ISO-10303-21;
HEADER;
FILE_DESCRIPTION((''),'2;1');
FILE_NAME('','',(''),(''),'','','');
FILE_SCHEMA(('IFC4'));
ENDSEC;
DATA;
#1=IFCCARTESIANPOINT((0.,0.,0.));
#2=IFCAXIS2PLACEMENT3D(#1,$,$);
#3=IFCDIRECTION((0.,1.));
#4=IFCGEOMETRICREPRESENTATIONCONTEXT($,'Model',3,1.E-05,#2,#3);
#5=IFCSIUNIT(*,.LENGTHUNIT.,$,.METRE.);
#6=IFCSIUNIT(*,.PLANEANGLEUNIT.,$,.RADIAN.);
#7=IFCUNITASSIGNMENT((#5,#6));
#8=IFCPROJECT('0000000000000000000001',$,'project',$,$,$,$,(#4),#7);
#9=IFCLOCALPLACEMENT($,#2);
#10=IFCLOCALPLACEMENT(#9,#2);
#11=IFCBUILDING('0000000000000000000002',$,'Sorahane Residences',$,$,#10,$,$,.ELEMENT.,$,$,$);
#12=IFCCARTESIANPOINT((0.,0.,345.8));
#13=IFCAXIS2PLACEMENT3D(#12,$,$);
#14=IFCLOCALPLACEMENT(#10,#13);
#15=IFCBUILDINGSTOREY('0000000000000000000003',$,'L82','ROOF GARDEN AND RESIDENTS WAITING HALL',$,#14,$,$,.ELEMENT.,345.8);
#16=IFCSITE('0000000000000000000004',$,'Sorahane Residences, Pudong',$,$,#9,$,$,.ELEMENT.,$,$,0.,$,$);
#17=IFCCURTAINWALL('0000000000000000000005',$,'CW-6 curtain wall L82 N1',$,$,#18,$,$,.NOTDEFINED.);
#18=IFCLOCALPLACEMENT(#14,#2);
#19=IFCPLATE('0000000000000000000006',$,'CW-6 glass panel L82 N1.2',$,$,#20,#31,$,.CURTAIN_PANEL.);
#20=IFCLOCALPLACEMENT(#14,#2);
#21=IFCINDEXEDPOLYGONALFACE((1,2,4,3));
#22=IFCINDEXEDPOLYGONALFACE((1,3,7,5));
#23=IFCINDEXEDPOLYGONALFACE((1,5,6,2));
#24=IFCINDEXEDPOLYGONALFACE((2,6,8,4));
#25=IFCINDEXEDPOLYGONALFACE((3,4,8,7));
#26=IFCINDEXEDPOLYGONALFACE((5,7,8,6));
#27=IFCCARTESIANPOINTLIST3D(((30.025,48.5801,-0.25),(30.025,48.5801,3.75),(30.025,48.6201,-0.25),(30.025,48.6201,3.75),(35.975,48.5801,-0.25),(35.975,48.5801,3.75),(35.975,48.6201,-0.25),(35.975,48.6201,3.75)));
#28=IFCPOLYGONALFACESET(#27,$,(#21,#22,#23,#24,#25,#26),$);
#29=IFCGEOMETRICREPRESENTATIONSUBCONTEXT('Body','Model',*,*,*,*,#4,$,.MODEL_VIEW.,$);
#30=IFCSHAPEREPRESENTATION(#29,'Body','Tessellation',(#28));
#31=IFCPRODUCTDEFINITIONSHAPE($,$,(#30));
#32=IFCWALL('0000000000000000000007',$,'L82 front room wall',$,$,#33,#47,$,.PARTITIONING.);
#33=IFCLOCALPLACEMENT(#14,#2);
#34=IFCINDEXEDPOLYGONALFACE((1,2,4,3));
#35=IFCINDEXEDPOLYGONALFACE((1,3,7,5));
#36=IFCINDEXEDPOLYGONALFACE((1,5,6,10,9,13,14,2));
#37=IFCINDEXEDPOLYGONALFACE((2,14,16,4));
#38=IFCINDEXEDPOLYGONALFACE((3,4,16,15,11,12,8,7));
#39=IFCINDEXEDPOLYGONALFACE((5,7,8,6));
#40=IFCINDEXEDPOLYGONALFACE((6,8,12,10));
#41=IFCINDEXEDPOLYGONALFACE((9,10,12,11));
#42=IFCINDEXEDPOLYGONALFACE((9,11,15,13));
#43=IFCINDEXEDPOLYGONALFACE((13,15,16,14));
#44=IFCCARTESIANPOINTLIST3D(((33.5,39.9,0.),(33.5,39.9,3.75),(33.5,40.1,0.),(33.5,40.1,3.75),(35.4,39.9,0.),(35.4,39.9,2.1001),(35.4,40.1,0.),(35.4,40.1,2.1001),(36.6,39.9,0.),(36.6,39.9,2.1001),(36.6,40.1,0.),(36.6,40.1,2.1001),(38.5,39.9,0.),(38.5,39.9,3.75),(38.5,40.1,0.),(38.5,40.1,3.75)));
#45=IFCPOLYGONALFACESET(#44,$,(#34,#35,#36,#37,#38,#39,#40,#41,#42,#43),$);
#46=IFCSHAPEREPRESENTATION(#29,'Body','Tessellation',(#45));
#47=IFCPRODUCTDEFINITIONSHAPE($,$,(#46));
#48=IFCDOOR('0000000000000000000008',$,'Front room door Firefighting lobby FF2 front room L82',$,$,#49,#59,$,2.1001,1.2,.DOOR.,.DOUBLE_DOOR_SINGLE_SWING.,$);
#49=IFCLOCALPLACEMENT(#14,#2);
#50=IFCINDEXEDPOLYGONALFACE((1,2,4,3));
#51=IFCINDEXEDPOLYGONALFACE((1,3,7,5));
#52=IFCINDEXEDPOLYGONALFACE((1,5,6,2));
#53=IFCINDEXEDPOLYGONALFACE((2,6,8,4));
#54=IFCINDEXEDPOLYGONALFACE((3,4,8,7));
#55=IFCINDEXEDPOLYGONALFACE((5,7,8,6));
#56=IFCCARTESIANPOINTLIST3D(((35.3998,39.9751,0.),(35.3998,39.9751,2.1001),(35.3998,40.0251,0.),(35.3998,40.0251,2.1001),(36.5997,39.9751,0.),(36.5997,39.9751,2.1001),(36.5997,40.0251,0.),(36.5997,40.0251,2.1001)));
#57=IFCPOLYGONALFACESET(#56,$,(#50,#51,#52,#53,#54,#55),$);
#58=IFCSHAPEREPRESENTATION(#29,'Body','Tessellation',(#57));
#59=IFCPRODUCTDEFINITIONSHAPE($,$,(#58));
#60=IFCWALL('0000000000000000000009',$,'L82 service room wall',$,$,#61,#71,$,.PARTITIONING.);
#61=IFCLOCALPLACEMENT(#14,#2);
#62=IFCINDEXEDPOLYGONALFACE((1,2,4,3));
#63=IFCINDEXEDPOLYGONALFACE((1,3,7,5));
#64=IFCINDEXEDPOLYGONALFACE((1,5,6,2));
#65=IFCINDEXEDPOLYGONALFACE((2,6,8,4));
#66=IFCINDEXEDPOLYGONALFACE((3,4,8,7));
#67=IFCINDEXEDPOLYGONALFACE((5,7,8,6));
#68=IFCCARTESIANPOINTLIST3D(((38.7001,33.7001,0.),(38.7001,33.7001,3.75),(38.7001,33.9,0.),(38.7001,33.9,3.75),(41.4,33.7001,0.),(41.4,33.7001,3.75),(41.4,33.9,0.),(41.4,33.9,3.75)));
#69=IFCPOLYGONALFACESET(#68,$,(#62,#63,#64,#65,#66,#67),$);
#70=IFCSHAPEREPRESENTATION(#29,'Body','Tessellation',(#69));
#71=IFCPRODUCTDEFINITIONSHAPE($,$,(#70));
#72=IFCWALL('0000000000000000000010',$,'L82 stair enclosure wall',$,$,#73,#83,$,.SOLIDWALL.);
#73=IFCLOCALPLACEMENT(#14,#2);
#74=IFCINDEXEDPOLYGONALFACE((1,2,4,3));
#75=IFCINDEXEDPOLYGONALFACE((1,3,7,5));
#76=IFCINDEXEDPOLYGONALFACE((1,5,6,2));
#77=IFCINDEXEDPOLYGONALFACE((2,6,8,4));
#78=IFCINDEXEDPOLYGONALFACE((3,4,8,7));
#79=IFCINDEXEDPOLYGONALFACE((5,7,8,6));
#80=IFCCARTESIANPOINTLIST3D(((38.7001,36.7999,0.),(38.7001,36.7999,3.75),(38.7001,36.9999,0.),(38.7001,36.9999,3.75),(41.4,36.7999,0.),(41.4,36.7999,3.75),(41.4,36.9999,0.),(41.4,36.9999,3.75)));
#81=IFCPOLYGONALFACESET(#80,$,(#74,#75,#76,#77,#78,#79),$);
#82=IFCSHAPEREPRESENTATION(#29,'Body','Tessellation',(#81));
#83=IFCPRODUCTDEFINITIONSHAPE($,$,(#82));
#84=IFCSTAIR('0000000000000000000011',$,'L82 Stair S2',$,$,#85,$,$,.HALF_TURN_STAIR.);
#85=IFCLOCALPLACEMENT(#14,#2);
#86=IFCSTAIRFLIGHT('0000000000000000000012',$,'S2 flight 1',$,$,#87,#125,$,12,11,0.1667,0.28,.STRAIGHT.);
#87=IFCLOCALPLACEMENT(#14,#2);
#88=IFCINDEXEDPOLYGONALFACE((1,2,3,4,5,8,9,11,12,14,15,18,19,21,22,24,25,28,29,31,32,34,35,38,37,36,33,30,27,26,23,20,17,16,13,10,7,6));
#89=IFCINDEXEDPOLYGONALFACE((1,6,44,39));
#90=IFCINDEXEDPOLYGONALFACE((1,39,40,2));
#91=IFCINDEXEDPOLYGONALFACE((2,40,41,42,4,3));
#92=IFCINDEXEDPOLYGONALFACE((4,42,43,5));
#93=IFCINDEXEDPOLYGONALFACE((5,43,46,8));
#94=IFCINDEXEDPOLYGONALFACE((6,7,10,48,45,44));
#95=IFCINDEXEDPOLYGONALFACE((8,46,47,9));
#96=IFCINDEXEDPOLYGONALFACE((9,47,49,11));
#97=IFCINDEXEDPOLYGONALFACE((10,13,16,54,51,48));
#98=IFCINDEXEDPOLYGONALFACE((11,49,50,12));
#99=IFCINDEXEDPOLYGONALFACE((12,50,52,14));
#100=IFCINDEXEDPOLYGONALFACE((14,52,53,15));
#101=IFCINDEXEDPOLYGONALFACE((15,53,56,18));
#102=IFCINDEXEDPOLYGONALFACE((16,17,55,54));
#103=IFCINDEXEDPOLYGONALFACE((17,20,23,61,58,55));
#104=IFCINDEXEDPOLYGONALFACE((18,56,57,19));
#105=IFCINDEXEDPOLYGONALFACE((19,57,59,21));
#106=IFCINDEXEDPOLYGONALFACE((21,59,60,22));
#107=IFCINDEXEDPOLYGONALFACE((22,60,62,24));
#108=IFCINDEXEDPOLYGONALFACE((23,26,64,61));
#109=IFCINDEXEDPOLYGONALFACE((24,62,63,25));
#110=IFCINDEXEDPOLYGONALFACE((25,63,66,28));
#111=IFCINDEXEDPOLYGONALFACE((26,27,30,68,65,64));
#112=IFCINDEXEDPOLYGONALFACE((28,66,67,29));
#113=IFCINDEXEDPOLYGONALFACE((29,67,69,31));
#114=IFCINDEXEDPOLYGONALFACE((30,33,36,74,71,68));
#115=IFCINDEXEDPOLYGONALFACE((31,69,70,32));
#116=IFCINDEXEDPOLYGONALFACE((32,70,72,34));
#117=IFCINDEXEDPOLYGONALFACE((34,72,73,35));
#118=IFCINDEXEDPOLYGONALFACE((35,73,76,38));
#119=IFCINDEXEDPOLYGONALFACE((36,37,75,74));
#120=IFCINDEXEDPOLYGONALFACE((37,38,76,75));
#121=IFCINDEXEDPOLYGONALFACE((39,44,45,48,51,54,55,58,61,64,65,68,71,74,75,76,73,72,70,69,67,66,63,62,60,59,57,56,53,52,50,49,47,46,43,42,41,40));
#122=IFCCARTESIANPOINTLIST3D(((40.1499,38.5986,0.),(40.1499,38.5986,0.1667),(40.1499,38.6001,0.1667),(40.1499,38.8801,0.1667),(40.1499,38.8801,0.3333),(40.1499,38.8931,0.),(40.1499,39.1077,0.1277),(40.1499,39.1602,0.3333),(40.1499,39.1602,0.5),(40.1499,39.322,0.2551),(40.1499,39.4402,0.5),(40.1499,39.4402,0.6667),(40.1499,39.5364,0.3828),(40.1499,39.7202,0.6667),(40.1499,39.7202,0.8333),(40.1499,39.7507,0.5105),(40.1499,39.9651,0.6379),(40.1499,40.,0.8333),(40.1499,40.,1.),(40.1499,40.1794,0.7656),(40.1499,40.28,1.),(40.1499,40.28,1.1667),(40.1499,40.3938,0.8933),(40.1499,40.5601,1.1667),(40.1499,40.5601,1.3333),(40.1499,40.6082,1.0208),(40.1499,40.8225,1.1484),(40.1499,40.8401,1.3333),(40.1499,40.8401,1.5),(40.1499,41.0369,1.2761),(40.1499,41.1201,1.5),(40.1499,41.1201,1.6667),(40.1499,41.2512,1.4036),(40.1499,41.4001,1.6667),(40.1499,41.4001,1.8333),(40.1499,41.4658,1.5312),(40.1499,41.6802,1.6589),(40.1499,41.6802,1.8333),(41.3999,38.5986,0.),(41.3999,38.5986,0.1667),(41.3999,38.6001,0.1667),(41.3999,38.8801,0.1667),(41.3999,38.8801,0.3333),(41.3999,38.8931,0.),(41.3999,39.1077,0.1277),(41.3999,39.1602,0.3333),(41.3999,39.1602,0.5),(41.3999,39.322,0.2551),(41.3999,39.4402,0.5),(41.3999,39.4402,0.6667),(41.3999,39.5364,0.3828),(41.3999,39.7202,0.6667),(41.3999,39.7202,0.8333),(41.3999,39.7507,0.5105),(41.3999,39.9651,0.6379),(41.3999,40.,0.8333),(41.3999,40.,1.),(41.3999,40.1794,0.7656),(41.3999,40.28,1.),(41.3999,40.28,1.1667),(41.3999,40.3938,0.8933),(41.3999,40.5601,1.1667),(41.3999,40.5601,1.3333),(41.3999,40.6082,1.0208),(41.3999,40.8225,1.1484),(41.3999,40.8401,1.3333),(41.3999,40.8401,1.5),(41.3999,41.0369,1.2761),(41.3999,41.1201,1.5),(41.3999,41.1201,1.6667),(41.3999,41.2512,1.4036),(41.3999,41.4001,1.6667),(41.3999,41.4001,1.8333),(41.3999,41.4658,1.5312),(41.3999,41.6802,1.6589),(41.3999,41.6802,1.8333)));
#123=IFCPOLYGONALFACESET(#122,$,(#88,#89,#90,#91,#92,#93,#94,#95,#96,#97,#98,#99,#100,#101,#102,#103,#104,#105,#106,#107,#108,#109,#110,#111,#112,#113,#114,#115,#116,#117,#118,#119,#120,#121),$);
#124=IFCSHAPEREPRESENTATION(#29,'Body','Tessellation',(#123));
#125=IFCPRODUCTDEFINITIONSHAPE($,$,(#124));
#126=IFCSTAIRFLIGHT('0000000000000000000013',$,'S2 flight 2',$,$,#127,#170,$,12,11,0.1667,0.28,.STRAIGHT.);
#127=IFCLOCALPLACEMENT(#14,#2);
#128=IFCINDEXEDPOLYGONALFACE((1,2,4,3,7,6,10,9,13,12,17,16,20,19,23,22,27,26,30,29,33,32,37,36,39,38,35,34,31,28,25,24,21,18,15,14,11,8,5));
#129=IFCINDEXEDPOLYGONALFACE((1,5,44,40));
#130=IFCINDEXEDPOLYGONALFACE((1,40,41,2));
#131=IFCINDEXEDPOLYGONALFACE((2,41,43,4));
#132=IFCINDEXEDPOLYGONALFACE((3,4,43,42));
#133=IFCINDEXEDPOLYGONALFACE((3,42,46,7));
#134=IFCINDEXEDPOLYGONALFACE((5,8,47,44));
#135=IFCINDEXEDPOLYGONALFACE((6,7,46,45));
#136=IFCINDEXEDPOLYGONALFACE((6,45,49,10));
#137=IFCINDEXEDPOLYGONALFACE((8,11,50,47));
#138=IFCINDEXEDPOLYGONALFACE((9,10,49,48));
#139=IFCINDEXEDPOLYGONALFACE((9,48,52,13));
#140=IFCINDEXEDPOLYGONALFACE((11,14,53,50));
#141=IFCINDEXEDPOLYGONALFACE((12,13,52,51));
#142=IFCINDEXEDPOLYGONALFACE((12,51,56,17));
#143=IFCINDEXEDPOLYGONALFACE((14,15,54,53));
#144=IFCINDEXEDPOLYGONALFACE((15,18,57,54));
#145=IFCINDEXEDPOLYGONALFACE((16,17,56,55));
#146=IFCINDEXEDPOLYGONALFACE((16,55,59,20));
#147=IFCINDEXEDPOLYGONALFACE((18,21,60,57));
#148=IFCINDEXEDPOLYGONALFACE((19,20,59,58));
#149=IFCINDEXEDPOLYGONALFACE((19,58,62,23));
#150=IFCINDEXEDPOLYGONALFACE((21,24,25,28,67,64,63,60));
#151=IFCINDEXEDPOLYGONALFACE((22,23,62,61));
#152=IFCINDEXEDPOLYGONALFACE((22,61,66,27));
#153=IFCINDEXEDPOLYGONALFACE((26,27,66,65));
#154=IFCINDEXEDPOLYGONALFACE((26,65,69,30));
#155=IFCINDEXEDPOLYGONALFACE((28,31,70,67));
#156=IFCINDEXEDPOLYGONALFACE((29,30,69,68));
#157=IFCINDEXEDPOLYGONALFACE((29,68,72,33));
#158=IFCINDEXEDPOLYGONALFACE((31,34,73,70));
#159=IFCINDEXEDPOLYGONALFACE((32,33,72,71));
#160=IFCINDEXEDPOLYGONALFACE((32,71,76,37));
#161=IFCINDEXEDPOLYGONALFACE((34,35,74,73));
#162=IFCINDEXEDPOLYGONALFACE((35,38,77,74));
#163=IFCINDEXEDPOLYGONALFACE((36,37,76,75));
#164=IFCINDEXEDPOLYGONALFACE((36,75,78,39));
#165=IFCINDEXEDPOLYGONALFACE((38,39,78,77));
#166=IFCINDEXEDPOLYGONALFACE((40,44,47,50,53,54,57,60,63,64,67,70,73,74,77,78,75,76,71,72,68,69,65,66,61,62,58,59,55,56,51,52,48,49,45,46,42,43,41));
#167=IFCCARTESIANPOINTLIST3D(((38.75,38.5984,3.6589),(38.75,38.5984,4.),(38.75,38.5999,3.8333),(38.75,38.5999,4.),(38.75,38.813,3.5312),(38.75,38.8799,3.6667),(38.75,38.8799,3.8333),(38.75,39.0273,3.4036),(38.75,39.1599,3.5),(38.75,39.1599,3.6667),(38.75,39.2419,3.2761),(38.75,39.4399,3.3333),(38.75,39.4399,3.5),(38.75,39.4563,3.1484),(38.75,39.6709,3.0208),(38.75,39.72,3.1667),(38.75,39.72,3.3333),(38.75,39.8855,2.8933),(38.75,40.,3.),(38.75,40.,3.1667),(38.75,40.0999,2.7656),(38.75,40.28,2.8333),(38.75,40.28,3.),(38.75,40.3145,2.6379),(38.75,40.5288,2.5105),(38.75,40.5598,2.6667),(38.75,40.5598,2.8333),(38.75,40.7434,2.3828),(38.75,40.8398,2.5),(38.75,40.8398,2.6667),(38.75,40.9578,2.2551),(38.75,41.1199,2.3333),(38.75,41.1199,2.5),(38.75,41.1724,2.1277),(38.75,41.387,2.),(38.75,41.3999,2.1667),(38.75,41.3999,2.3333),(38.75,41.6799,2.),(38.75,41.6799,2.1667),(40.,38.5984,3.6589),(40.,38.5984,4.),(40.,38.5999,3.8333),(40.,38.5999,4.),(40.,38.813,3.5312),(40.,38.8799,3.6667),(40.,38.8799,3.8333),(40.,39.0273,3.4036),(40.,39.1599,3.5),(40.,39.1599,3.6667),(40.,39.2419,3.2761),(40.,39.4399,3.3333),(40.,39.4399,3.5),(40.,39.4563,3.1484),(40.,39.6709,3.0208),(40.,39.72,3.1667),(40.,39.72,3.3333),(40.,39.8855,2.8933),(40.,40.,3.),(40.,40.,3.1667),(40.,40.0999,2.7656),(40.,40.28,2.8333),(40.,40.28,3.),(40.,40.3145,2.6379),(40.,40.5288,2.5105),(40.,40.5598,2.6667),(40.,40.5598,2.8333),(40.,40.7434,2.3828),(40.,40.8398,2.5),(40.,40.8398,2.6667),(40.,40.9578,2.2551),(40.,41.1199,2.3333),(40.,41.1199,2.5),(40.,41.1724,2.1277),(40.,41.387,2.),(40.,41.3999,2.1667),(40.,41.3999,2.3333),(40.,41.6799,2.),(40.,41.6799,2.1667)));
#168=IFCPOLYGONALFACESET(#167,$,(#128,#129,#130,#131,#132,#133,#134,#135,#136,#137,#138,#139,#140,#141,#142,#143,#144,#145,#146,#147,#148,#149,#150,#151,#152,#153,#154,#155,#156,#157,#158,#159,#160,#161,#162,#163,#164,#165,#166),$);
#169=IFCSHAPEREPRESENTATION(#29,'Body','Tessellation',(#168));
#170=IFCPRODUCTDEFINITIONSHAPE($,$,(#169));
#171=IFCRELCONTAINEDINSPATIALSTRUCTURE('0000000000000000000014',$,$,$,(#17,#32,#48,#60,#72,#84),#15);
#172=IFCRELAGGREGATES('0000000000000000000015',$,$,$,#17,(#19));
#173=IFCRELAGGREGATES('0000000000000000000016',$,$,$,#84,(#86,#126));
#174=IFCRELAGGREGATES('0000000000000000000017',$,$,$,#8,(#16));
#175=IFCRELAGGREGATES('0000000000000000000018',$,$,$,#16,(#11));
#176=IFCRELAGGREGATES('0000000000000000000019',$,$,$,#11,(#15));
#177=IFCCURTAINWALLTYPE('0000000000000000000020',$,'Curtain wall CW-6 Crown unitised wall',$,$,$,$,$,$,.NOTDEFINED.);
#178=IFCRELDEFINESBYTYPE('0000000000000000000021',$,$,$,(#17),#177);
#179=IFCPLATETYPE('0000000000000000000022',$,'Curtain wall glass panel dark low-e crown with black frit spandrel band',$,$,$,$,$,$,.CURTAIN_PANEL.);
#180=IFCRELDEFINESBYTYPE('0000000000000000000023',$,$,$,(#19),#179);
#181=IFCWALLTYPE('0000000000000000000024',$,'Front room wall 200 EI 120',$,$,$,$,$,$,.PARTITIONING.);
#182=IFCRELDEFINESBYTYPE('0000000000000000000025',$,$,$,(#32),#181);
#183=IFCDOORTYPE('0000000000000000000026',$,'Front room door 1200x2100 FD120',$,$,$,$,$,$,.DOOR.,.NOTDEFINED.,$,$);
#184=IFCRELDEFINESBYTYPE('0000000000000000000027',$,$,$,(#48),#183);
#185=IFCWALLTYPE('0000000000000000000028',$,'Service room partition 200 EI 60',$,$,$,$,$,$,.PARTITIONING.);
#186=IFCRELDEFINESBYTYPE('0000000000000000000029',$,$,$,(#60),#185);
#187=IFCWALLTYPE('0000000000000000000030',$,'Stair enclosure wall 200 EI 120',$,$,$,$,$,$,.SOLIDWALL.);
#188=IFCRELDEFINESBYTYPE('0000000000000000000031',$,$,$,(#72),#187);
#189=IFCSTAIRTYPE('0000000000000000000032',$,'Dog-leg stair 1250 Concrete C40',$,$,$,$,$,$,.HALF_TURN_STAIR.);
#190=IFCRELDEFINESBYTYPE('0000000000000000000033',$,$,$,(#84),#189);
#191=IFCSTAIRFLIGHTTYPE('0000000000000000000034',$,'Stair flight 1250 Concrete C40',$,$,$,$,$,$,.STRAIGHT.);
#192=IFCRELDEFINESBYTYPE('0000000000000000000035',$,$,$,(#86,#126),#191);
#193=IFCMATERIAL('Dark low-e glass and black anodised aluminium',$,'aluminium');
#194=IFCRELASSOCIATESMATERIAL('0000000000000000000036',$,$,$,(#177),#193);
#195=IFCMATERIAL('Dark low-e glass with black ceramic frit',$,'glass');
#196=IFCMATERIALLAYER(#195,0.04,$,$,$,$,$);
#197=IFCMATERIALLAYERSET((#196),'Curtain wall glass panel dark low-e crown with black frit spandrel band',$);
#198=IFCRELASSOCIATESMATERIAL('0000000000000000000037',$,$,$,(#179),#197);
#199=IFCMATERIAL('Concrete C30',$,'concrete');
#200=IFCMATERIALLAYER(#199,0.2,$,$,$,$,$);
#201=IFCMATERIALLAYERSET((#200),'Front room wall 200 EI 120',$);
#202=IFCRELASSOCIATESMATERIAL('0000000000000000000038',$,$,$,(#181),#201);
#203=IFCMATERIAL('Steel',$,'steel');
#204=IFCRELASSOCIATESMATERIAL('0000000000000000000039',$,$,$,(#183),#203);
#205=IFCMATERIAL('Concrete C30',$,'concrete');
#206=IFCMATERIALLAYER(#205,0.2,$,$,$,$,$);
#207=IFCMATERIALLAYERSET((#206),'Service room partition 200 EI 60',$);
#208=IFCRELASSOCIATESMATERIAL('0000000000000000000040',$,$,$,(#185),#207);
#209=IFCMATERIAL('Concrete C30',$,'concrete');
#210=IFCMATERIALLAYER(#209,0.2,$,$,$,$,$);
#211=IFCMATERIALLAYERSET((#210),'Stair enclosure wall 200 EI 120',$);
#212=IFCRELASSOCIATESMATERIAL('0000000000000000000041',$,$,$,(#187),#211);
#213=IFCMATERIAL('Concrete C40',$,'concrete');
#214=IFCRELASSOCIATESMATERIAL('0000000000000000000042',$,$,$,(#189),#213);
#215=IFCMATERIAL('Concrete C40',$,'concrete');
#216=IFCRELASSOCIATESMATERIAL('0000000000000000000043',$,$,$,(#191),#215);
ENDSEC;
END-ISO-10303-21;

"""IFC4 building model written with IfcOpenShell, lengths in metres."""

from ifc_helpers import new_model, si_unit, direction, frame, frame_2d, origin, origin_2d, place, context, subcontext, project, spatial, polyline, rectangle, outline, extrude, material, layer, layer_set, type_object, element, fill, aggregate, save


model = new_model("IFC4")

# Units and contexts
model_context = context("Model", 3, precision=1e-05, world=origin(), true_north=direction((0.0, 1.0)))
body_context = subcontext(model_context, "Body", "Model", "MODEL_VIEW")
ifc_project = project(units=[si_unit("LENGTHUNIT", "METRE"), si_unit("PLANEANGLEUNIT", "RADIAN")], contexts=[model_context])

# Site, building, storey
site_placement = place(None, origin())
site = spatial("IfcSite", under=ifc_project, at=site_placement, Name="Sorahane Residences, Pudong", CompositionType="ELEMENT", RefElevation=0.0)
building_placement = place(site_placement, origin())
building = spatial("IfcBuilding", under=site, at=building_placement, Name="Sorahane Residences", CompositionType="ELEMENT")
storey_placement = place(building_placement, frame((0.0, 0.0, 345.8)))
storey = spatial("IfcBuildingStorey", under=building, at=storey_placement, Name="L82", Description="ROOF GARDEN AND RESIDENTS WAITING HALL", CompositionType="ELEMENT", Elevation=345.8)

# Curtain wall
ifc_material_1 = material(Name="Dark low-e glass and black anodised aluminium", Category="aluminium")
curtain_wall_type = type_object("IfcCurtainWallType", Name="Curtain wall CW-6 Crown unitised wall", PredefinedType="NOTDEFINED", material=ifc_material_1)
curtain_wall_1_placement = place(storey_placement, origin())
curtain_wall_1 = element("IfcCurtainWall", 1, at=curtain_wall_1_placement, inside=storey, type_object=curtain_wall_type, Name="CW-6 curtain wall L82 N1", PredefinedType="NOTDEFINED")

# Plate
ifc_material_2 = material(Name="Dark low-e glass with black ceramic frit", Category="glass")
ifc_layer_1 = layer(ifc_material_2, 0.04)
ifc_layer_set_1 = layer_set([ifc_layer_1], Name="Curtain wall glass panel dark low-e crown with black frit spandrel band")
plate_type = type_object("IfcPlateType", Name="Curtain wall glass panel dark low-e crown with black frit spandrel band", PredefinedType="CURTAIN_PANEL", material=ifc_layer_set_1)
plate_1_placement = place(storey_placement, frame((33.0, 48.6001, -0.25), z_axis=(0.0, 0.0, 1.0), x_axis=(-1.0, 0.0, 0.0)))
plate_1 = element("IfcPlate", 2, at=plate_1_placement, type_object=plate_type, Name="CW-6 glass panel L82 N1.2", PredefinedType="CURTAIN_PANEL", context=body_context, shape_type="SweptSolid", body=[
    extrude(rectangle(XDim=5.95, YDim=0.04, at=origin_2d()), origin(), (0.0, 0.0, 1.0), 4.0),
])
aggregate(curtain_wall_1, [plate_1])

# Wall, opening, door
ifc_material_3 = material(Name="Concrete C30", Category="concrete")
ifc_layer_2 = layer(ifc_material_3, 0.2)
ifc_layer_set_2 = layer_set([ifc_layer_2], Name="Front room wall 200 EI 120")
wall_type_1 = type_object("IfcWallType", Name="Front room wall 200 EI 120", PredefinedType="PARTITIONING", material=ifc_layer_set_2)
wall_1_placement = place(storey_placement, frame((33.5, 40.0, 0.0), z_axis=(0.0, 0.0, 1.0), x_axis=(1.0, 0.0, 0.0)))
wall_1 = element("IfcWall", 3, at=wall_1_placement, inside=storey, type_object=wall_type_1, Name="L82 front room wall", PredefinedType="PARTITIONING", context=body_context, shape_type="SweptSolid", body=[
    extrude(rectangle(XDim=5.0, YDim=0.2, at=frame_2d((2.5, 0.0))), origin(), (0.0, 0.0, 1.0), 3.75),
])
opening_placement = place(wall_1_placement, frame((1.8999, 0.0, 0.0)))
opening = element("IfcOpeningElement", 4, at=opening_placement, cuts=wall_1, PredefinedType="OPENING", context=body_context, shape_type="SweptSolid", body=[
    extrude(rectangle(XDim=1.2, YDim=2.1001, at=frame_2d((0.6001, 1.05))), frame((0.0, 0.1099, 0.0), z_axis=(0.0, -1.0, 0.0), x_axis=(1.0, 0.0, 0.0)), (0.0, 0.0, 1.0), 0.22),
])
ifc_material_4 = material(Name="Steel", Category="steel")
door_type = type_object("IfcDoorType", Name="Front room door 1200x2100 FD120", OperationType="NOTDEFINED", PredefinedType="DOOR", material=ifc_material_4)
door_placement = place(opening_placement, frame((1.2, 0.0, 0.0), z_axis=(0.0, 0.0, 1.0), x_axis=(-1.0, 0.0, 0.0)))
door = element("IfcDoor", 5, at=door_placement, inside=storey, type_object=door_type, Name="Front room door Firefighting lobby FF2 front room L82", OperationType="DOUBLE_DOOR_SINGLE_SWING", OverallHeight=2.1001, OverallWidth=1.2, PredefinedType="DOOR", context=body_context, shape_type="SweptSolid", body=[
    extrude(rectangle(XDim=1.2, YDim=2.1001, at=frame_2d((0.6001, 1.05))), frame((0.0, 0.0249, 0.0), z_axis=(0.0, -1.0, 0.0), x_axis=(1.0, 0.0, 0.0)), (0.0, 0.0, 1.0), 0.05),
])
fill(opening, door)

# Walls
ifc_material_5 = material(Name="Concrete C30", Category="concrete")
ifc_layer_3 = layer(ifc_material_5, 0.2)
ifc_layer_set_3 = layer_set([ifc_layer_3], Name="Service room partition 200 EI 60")
wall_type_2 = type_object("IfcWallType", Name="Service room partition 200 EI 60", PredefinedType="PARTITIONING", material=ifc_layer_set_3)
wall_2_placement = place(storey_placement, frame((38.7, 33.8, 0.0), z_axis=(0.0, 0.0, 1.0), x_axis=(1.0, 0.0, 0.0)))
element("IfcWall", 6, at=wall_2_placement, inside=storey, type_object=wall_type_2, Name="L82 service room wall", PredefinedType="PARTITIONING", context=body_context, shape_type="SweptSolid", body=[
    extrude(rectangle(XDim=2.7, YDim=0.2, at=frame_2d((1.3501, 0.0))), origin(), (0.0, 0.0, 1.0), 3.75),
])
ifc_material_6 = material(Name="Concrete C30", Category="concrete")
ifc_layer_4 = layer(ifc_material_6, 0.2)
ifc_layer_set_4 = layer_set([ifc_layer_4], Name="Stair enclosure wall 200 EI 120")
wall_type_3 = type_object("IfcWallType", Name="Stair enclosure wall 200 EI 120", PredefinedType="SOLIDWALL", material=ifc_layer_set_4)
wall_3_placement = place(storey_placement, frame((38.7, 36.8999, 0.0), z_axis=(0.0, 0.0, 1.0), x_axis=(1.0, 0.0, 0.0)))
element("IfcWall", 7, at=wall_3_placement, inside=storey, type_object=wall_type_3, Name="L82 stair enclosure wall", PredefinedType="SOLIDWALL", context=body_context, shape_type="SweptSolid", body=[
    extrude(rectangle(XDim=2.7, YDim=0.2, at=frame_2d((1.3501, 0.0))), origin(), (0.0, 0.0, 1.0), 3.75),
])

# Stair, stair flights
ifc_material_7 = material(Name="Concrete C40", Category="concrete")
stair_type = type_object("IfcStairType", Name="Dog-leg stair 1250 Concrete C40", PredefinedType="HALF_TURN_STAIR", material=ifc_material_7)
stair_placement = place(storey_placement, origin())
stair = element("IfcStair", 8, at=stair_placement, inside=storey, type_object=stair_type, Name="L82 Stair S2", PredefinedType="HALF_TURN_STAIR")
ifc_material_8 = material(Name="Concrete C40", Category="concrete")
stair_flight_type = type_object("IfcStairFlightType", Name="Stair flight 1250 Concrete C40", PredefinedType="STRAIGHT", material=ifc_material_8)
stair_flight_1_placement = place(storey_placement, frame((40.7749, 38.6001, 0.0), z_axis=(0.0, 0.0, 1.0), x_axis=(0.0, 1.0, 0.0)))
stair_flight_1 = element("IfcStairFlight", 9, at=stair_flight_1_placement, type_object=stair_flight_type, Name="S2 flight 1", NumberOfRisers=12, NumberOfTreads=11, PredefinedType="STRAIGHT", RiserHeight=0.1667, TreadLength=0.28, context=body_context, shape_type="SweptSolid", body=[
    extrude(outline(polyline([(-0.0015, 0.0), (-0.0015, 0.1667), (0.0, 0.1667), (0.28, 0.1667), (0.28, 0.3333), (0.5601, 0.3333), (0.5601, 0.5), (0.8401, 0.5), (0.8401, 0.6667), (1.1201, 0.6667), (1.1201, 0.8333), (1.3999, 0.8333), (1.3999, 1.0), (1.6799, 1.0), (1.6799, 1.1667), (1.96, 1.1667), (1.96, 1.3333), (2.24, 1.3333), (2.24, 1.5), (2.52, 1.5), (2.52, 1.6667), (2.8, 1.6667), (2.8, 1.8333), (3.0801, 1.8333), (3.0801, 2.0), (3.0801, 1.6589), (2.8657, 1.5312), (2.6511, 1.4036), (2.4368, 1.2761), (2.2224, 1.1484), (2.0081, 1.0208), (1.7937, 0.8933), (1.5793, 0.7656), (1.365, 0.6379), (1.1506, 0.5105), (0.9363, 0.3828), (0.7219, 0.2551), (0.5076, 0.1277), (0.293, 0.0), (-0.0015, 0.0)])), frame((0.0, 0.625, 0.0), z_axis=(0.0, -1.0, 0.0), x_axis=(1.0, 0.0, 0.0)), (0.0, 0.0, 1.0), 1.25),
])
stair_flight_2_placement = place(storey_placement, frame((39.375, 41.6799, 2.0), z_axis=(0.0, 0.0, 1.0), x_axis=(0.0, -1.0, 0.0)))
stair_flight_2 = element("IfcStairFlight", 10, at=stair_flight_2_placement, type_object=stair_flight_type, Name="S2 flight 2", NumberOfRisers=12, NumberOfTreads=11, PredefinedType="STRAIGHT", RiserHeight=0.1667, TreadLength=0.28, context=body_context, shape_type="SweptSolid", body=[
    extrude(outline(polyline([(0.0, 0.0), (0.0, 0.1667), (0.28, 0.1667), (0.28, 0.3333), (0.5601, 0.3333), (0.5601, 0.5), (0.8401, 0.5), (0.8401, 0.6667), (1.1201, 0.6667), (1.1201, 0.8333), (1.3999, 0.8333), (1.3999, 1.0), (1.6799, 1.0), (1.6799, 1.1667), (1.96, 1.1667), (1.96, 1.3333), (2.24, 1.3333), (2.24, 1.5), (2.52, 1.5), (2.52, 1.6667), (2.8, 1.6667), (2.8, 1.8333), (3.0801, 1.8333), (3.0801, 2.0), (3.0815, 2.0), (3.0815, 1.6589), (2.8669, 1.5312), (2.6526, 1.4036), (2.438, 1.2761), (2.2236, 1.1484), (2.009, 1.0208), (1.7944, 0.8933), (1.5801, 0.7656), (1.3655, 0.6379), (1.1511, 0.5105), (0.9365, 0.3828), (0.7222, 0.2551), (0.5076, 0.1277), (0.293, 0.0), (0.0, 0.0)])), frame((0.0, 0.625, 0.0), z_axis=(0.0, -1.0, 0.0), x_axis=(1.0, 0.0, 0.0)), (0.0, 0.0, 1.0), 1.25),
])
aggregate(stair, [stair_flight_1, stair_flight_2])

save(model, "model.ifc")
